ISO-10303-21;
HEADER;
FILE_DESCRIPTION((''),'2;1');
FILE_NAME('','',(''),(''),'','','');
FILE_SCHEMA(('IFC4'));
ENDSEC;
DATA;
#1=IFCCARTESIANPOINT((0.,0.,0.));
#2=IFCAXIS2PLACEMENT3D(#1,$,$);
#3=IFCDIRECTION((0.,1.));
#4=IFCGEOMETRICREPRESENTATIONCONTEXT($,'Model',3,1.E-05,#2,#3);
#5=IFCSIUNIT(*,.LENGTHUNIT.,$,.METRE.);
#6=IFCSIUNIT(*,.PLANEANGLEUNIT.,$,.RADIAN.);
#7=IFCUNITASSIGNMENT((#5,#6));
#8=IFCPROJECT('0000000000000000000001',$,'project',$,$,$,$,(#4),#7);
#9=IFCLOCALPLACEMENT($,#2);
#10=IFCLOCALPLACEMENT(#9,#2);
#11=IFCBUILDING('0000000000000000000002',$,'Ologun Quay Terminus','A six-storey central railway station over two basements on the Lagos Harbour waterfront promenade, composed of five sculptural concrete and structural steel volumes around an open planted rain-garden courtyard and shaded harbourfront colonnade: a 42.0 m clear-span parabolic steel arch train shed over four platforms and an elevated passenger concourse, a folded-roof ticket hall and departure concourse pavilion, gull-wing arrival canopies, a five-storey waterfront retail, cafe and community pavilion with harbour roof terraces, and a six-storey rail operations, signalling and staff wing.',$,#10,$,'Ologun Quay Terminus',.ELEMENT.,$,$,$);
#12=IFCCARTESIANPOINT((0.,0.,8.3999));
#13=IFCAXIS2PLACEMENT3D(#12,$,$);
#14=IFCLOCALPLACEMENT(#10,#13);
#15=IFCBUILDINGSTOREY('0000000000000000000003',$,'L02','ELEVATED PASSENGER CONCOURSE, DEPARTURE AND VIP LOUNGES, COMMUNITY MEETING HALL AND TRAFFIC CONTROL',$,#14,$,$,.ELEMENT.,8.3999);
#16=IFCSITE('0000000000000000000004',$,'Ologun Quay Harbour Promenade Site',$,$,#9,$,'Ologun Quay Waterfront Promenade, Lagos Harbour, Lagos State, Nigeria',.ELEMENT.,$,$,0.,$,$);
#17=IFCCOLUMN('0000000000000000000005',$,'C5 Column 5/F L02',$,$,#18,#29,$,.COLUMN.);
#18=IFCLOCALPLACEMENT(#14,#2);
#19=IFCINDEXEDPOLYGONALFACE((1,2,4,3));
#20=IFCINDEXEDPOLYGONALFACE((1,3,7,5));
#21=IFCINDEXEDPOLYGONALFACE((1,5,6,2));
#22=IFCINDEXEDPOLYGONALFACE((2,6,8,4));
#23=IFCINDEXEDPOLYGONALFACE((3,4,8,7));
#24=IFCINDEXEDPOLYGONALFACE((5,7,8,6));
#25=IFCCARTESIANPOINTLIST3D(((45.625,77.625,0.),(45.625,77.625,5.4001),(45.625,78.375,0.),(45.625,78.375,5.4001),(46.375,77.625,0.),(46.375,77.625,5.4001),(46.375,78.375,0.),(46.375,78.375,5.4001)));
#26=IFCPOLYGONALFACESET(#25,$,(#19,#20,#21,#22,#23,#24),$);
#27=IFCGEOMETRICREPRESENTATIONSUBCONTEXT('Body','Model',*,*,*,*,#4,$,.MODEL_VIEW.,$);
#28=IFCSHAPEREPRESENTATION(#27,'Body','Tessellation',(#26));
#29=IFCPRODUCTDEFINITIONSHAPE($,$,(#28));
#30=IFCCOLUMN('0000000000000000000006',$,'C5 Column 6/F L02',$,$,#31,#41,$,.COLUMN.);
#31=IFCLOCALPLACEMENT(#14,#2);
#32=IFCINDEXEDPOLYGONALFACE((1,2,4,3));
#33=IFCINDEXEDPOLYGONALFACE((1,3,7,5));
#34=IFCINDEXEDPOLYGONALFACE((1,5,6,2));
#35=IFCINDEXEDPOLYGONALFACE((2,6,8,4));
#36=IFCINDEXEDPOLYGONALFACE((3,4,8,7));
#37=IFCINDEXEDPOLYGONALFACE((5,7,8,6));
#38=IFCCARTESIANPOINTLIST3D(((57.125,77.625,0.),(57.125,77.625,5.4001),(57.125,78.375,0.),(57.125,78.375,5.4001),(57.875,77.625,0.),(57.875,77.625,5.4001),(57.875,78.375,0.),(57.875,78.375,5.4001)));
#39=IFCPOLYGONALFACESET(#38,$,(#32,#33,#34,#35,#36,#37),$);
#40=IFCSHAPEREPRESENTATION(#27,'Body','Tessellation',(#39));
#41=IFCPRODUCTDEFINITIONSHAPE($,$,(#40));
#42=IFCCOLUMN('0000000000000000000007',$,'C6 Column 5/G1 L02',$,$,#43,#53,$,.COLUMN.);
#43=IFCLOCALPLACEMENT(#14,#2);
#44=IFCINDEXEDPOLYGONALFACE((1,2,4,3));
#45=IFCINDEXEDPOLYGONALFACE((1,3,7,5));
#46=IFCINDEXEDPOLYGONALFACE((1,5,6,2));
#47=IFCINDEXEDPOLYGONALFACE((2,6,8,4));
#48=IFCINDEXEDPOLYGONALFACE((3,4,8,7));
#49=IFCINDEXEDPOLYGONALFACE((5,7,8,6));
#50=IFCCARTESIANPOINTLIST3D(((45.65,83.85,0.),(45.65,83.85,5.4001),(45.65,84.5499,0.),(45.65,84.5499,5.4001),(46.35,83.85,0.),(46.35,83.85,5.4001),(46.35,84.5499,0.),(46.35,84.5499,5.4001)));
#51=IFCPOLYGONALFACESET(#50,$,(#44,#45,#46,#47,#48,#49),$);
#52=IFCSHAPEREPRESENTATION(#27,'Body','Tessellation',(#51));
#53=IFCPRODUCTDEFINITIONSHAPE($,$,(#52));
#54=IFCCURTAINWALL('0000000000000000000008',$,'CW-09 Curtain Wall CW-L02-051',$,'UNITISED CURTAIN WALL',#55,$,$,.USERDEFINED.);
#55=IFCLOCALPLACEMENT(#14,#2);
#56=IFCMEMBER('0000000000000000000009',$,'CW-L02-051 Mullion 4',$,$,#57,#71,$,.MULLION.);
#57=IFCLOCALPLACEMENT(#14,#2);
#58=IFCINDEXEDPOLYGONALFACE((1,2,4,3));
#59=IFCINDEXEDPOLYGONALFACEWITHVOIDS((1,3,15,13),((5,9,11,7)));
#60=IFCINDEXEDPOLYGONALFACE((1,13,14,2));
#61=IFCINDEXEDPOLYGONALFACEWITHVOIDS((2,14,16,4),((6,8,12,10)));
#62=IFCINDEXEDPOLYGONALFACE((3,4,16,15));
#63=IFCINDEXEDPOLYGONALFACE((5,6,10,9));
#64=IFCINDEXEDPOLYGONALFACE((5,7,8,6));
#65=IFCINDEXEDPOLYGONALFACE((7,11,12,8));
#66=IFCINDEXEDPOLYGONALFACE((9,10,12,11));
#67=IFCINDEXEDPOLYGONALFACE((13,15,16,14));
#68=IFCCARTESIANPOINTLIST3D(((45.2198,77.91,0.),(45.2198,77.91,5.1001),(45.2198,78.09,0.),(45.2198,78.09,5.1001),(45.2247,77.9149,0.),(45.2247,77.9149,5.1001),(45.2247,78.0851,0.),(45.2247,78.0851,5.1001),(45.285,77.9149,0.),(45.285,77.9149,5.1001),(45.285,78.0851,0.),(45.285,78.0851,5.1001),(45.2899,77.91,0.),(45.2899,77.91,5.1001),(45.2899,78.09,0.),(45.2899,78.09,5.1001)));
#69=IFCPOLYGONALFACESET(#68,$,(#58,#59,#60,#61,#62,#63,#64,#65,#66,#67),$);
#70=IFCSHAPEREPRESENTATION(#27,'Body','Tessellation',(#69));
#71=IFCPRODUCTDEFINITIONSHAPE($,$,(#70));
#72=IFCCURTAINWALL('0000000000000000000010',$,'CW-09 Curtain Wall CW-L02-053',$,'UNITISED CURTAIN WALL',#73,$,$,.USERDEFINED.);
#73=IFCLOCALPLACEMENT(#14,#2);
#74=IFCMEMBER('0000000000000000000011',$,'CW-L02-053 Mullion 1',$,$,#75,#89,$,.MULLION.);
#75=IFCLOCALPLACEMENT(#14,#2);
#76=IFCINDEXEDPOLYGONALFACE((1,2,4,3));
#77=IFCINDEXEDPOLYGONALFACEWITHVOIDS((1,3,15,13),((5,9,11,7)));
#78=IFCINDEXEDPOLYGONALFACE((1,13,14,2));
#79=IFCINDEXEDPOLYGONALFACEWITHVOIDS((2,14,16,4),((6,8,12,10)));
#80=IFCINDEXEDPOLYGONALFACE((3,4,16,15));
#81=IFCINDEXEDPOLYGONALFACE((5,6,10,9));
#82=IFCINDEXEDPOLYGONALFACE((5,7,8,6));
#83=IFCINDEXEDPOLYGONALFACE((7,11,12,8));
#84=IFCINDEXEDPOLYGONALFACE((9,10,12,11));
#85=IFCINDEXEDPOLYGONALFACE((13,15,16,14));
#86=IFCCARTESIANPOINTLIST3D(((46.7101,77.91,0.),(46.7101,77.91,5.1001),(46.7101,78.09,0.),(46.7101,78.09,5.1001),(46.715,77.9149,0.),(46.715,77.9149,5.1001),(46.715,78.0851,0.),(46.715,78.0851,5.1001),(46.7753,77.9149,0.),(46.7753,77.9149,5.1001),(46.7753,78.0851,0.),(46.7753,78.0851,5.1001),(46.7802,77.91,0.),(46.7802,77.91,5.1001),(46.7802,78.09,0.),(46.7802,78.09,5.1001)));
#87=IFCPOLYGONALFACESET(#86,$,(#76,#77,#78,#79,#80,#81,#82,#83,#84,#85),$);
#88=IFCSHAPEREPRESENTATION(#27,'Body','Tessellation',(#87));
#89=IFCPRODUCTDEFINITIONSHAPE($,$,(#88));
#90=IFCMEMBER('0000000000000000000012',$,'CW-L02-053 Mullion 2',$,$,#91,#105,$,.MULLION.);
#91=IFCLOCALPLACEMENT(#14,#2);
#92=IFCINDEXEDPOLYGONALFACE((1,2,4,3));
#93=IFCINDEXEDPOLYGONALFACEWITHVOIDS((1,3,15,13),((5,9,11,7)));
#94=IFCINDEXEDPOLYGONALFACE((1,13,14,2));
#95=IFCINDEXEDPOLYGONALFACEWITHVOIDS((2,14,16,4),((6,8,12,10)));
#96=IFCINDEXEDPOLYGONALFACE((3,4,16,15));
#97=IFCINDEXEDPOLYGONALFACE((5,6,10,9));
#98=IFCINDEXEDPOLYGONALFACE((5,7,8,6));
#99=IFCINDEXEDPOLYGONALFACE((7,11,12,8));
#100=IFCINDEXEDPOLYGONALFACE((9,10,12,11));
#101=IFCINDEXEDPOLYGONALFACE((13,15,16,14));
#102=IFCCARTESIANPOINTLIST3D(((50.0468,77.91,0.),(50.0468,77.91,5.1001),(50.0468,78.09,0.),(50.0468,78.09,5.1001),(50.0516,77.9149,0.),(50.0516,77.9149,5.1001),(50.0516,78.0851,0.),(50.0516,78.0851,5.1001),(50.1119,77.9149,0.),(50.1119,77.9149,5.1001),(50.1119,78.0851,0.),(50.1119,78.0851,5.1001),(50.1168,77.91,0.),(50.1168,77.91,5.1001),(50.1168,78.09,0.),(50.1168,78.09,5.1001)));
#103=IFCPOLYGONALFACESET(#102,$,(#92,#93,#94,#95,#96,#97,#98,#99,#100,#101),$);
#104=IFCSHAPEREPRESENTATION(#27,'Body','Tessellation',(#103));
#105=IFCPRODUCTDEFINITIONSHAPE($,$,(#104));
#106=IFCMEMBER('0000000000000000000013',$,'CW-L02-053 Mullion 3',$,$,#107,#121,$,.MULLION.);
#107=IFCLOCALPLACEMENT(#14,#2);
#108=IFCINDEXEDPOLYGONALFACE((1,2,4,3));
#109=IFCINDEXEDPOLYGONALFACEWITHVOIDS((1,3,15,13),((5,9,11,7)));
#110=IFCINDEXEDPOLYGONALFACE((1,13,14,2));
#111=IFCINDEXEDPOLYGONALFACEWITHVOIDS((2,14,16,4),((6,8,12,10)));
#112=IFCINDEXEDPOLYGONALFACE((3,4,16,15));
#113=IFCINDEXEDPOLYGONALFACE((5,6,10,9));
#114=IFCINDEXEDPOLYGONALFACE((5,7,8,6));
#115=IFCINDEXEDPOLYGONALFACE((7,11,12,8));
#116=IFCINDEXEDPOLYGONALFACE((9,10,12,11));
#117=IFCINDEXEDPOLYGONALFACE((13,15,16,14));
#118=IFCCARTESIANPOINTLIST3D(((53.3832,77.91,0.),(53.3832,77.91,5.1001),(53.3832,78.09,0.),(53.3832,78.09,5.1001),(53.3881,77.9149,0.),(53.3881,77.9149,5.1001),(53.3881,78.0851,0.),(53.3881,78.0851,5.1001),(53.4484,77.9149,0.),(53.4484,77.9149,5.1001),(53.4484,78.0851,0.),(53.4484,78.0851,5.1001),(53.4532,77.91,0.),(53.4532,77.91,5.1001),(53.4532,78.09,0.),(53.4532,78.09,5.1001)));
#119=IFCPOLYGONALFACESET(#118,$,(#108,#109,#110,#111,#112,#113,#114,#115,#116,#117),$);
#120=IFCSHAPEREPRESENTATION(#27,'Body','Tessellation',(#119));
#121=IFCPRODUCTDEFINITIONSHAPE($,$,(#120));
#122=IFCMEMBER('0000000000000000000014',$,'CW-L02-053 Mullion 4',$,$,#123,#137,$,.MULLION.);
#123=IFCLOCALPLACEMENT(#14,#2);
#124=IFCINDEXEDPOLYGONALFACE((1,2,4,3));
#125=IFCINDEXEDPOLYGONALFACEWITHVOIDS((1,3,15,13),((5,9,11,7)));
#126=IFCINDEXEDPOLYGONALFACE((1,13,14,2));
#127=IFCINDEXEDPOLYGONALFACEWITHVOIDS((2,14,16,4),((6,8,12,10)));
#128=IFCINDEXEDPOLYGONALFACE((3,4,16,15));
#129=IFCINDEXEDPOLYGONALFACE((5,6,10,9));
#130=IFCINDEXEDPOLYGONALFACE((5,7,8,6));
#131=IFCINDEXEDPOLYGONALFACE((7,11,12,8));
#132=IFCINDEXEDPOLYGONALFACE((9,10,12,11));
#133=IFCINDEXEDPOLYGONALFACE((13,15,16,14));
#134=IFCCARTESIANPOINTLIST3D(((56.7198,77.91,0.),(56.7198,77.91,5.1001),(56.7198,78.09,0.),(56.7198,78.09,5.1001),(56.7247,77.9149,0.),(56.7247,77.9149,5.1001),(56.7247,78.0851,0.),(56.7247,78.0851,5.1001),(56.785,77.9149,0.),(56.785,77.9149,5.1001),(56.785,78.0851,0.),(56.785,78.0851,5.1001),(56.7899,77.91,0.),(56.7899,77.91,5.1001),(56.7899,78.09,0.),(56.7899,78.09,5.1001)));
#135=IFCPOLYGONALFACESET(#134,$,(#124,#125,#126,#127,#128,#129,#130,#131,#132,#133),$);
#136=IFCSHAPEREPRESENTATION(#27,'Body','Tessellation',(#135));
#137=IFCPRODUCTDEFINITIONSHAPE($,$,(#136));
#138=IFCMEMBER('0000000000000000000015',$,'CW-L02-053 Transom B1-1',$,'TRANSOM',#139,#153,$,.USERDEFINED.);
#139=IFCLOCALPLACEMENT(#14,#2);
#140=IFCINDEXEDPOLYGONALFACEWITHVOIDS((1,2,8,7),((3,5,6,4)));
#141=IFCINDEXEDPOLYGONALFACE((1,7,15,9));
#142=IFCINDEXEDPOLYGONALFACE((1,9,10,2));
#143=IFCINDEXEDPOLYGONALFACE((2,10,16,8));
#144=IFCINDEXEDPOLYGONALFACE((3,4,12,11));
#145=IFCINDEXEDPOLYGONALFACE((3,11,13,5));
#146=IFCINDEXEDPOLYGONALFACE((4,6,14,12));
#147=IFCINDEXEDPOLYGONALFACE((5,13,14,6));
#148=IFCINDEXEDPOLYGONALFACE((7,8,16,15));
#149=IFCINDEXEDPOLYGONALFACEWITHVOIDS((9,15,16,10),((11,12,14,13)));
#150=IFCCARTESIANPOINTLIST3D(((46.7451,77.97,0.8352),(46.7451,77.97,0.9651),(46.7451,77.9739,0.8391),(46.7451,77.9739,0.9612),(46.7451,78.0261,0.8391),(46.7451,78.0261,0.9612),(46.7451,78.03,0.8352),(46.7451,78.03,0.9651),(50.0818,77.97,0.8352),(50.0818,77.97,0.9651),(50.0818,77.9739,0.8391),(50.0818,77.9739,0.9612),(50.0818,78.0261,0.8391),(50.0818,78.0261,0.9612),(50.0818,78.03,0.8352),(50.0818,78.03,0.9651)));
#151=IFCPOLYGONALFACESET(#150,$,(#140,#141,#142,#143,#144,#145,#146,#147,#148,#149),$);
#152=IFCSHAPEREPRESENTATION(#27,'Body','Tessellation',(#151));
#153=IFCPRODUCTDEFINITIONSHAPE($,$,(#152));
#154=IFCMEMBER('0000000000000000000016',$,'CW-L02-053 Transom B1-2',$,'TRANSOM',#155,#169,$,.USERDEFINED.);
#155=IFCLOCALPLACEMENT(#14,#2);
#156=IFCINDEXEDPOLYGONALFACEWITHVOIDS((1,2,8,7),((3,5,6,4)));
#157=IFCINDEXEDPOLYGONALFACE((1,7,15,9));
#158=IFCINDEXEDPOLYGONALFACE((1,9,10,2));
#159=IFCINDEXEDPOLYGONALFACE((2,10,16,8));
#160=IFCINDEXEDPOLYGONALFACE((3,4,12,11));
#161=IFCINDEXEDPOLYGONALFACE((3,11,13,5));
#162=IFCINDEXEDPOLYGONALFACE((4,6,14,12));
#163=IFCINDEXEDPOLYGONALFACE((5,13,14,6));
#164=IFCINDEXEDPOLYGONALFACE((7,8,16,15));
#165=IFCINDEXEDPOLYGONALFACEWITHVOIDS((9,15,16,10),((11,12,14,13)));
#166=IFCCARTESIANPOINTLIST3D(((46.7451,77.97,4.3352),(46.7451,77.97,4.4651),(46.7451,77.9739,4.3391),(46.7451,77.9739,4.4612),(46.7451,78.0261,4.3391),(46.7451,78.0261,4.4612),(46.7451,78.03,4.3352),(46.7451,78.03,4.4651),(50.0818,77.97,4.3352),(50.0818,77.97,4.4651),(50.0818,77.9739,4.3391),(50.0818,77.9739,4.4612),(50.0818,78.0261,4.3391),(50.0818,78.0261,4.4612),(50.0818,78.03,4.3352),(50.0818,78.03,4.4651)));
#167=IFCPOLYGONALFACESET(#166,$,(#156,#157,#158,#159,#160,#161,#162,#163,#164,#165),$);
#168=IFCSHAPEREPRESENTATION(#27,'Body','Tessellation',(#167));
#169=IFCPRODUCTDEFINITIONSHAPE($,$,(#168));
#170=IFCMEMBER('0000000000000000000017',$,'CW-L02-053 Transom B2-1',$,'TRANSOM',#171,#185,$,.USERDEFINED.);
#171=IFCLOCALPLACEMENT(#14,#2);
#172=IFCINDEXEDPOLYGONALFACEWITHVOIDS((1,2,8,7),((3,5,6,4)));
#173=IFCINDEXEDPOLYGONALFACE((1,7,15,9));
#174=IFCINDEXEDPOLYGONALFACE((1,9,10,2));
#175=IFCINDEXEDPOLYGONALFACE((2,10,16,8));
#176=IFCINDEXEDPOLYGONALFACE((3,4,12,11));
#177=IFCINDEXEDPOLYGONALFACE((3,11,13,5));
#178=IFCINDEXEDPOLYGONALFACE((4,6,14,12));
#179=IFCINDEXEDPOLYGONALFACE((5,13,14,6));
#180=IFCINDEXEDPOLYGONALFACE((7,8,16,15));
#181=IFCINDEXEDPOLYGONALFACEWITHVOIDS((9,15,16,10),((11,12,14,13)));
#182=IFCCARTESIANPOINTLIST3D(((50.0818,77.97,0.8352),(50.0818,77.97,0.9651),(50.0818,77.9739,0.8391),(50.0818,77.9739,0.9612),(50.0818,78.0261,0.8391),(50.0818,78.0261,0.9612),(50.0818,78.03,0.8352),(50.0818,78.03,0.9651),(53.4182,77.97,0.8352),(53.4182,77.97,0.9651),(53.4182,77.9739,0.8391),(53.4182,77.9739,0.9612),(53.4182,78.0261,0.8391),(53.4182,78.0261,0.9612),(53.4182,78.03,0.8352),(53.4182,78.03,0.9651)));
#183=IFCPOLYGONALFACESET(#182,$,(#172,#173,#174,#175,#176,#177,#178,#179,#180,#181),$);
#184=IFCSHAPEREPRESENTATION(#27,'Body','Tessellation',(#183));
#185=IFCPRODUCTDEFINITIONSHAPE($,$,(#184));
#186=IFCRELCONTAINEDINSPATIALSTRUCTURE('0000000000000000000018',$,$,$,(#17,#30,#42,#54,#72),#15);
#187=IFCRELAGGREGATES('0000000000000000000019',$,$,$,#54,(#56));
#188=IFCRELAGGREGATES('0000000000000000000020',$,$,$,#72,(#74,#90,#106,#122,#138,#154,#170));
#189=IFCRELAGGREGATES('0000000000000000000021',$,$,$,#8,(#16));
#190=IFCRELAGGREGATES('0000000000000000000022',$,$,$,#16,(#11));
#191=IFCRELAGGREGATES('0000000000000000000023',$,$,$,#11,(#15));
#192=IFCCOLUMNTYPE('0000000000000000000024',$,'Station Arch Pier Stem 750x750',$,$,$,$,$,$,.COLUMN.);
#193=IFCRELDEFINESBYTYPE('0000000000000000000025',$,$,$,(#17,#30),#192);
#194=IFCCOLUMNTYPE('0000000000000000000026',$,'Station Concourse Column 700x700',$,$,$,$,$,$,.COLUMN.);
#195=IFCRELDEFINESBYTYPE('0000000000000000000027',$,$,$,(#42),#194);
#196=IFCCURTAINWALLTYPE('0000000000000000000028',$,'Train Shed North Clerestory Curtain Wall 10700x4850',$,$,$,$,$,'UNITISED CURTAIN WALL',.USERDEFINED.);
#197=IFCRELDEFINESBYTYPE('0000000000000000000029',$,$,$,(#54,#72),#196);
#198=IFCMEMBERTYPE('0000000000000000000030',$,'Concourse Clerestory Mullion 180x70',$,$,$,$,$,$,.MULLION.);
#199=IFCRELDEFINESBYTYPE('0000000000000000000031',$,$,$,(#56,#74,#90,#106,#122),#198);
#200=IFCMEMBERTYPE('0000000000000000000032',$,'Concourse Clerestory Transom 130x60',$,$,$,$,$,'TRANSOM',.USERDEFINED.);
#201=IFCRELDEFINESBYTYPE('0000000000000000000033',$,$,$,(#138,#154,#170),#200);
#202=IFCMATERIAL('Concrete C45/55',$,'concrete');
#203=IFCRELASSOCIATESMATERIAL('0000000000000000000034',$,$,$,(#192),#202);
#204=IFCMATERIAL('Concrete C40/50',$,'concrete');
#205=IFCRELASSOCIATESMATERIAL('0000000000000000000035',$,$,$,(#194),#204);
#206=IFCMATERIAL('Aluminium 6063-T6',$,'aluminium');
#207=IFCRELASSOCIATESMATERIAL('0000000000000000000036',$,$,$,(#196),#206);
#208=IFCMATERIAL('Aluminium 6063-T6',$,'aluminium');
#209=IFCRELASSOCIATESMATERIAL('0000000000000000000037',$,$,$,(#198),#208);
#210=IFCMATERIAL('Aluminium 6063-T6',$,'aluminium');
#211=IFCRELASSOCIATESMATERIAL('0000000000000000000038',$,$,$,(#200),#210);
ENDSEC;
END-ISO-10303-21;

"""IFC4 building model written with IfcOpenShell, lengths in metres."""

from ifc_helpers import new_model, si_unit, direction, frame, origin, origin_2d, place, context, subcontext, project, spatial, rectangle, hollow_rectangle, extrude, material, material_profile, profile_set, type_object, element, aggregate, save


model = new_model("IFC4")

# Units and contexts
model_context = context("Model", 3, precision=1e-05, world=origin(), true_north=direction((0.0, 1.0)))
body_context = subcontext(model_context, "Body", "Model", "MODEL_VIEW")
ifc_project = project(units=[si_unit("LENGTHUNIT", "METRE"), si_unit("PLANEANGLEUNIT", "RADIAN")], contexts=[model_context])

# Site, building, storey
site_placement = place(None, origin())
site = spatial("IfcSite", under=ifc_project, at=site_placement, Name="Ologun Quay Harbour Promenade Site", LongName="Ologun Quay Waterfront Promenade, Lagos Harbour, Lagos State, Nigeria", CompositionType="ELEMENT", RefElevation=0.0)
building_placement = place(site_placement, origin())
building = spatial("IfcBuilding", under=site, at=building_placement, Name="Ologun Quay Terminus", Description="A six-storey central railway station over two basements on the Lagos Harbour waterfront promenade, composed of five sculptural concrete and structural steel volumes around an open planted rain-garden courtyard and shaded harbourfront colonnade: a 42.0 m clear-span parabolic steel arch train shed over four platforms and an elevated passenger concourse, a folded-roof ticket hall and departure concourse pavilion, gull-wing arrival canopies, a five-storey waterfront retail, cafe and community pavilion with harbour roof terraces, and a six-storey rail operations, signalling and staff wing.", LongName="Ologun Quay Terminus", CompositionType="ELEMENT")
storey_placement = place(building_placement, frame((0.0, 0.0, 8.3999)))
storey = spatial("IfcBuildingStorey", under=building, at=storey_placement, Name="L02", Description="ELEVATED PASSENGER CONCOURSE, DEPARTURE AND VIP LOUNGES, COMMUNITY MEETING HALL AND TRAFFIC CONTROL", CompositionType="ELEMENT", Elevation=8.3999)

# Columns
ifc_material_1 = material(Name="Concrete C45/55", Category="concrete")
ifc_material_profile_1 = material_profile(ifc_material_1, rectangle(XDim=0.75, YDim=0.75, at=origin_2d()), Name="RC 750x750")
ifc_profile_set_1 = profile_set([ifc_material_profile_1], Name="Concrete C45/55")
column_type_1 = type_object("IfcColumnType", Name="Station Arch Pier Stem 750x750", PredefinedType="COLUMN", material=ifc_profile_set_1)
for number, where, z_axis, x_axis, name in (
    (1, (46.0, 78.0, 0.0), (0.0, 0.0, 1.0), (1.0, 0.0, 0.0), "C5 Column 5/F L02"),
    (2, (57.5, 78.0, 0.0), (0.0, 0.0, 1.0), (1.0, 0.0, 0.0), "C5 Column 6/F L02"),
):
    element("IfcColumn", number, at=place(storey_placement, frame(where, z_axis=z_axis, x_axis=x_axis)), inside=storey, type_object=column_type_1, Name=name, PredefinedType="COLUMN", context=body_context, shape_type="SweptSolid", body=[
        extrude(rectangle(XDim=0.75, YDim=0.75, at=origin_2d()), origin(), (0.0, 0.0, 1.0), 5.4001),
    ])
ifc_material_2 = material(Name="Concrete C40/50", Category="concrete")
ifc_material_profile_2 = material_profile(ifc_material_2, rectangle(XDim=0.7, YDim=0.7, at=origin_2d()), Name="RC 700x700")
ifc_profile_set_2 = profile_set([ifc_material_profile_2], Name="Concrete C40/50")
column_type_2 = type_object("IfcColumnType", Name="Station Concourse Column 700x700", PredefinedType="COLUMN", material=ifc_profile_set_2)
column_placement = place(storey_placement, frame((46.0, 84.2, 0.0), z_axis=(0.0, 0.0, 1.0), x_axis=(1.0, 0.0, 0.0)))
element("IfcColumn", 3, at=column_placement, inside=storey, type_object=column_type_2, Name="C6 Column 5/G1 L02", PredefinedType="COLUMN", context=body_context, shape_type="SweptSolid", body=[
    extrude(rectangle(XDim=0.7, YDim=0.7, at=origin_2d()), origin(), (0.0, 0.0, 1.0), 5.4001),
])

# Curtain wall, member
ifc_material_3 = material(Name="Aluminium 6063-T6", Category="aluminium")
curtain_wall_type = type_object("IfcCurtainWallType", Name="Train Shed North Clerestory Curtain Wall 10700x4850", ElementType="UNITISED CURTAIN WALL", PredefinedType="USERDEFINED", material=ifc_material_3)
curtain_wall_1_placement = place(storey_placement, origin())
curtain_wall_1 = element("IfcCurtainWall", 4, at=curtain_wall_1_placement, inside=storey, type_object=curtain_wall_type, Name="CW-09 Curtain Wall CW-L02-051", ObjectType="UNITISED CURTAIN WALL", PredefinedType="USERDEFINED")
ifc_material_4 = material(Name="Aluminium 6063-T6", Category="aluminium")
ifc_material_profile_3 = material_profile(ifc_material_4, hollow_rectangle(XDim=0.0701, YDim=0.1799, WallThickness=0.0049, at=origin_2d()), Name="ALU 180x70x5")
ifc_profile_set_3 = profile_set([ifc_material_profile_3], Name="Aluminium 6063-T6")
member_type_1 = type_object("IfcMemberType", Name="Concourse Clerestory Mullion 180x70", PredefinedType="MULLION", material=ifc_profile_set_3)
member_1_placement = place(storey_placement, frame((45.2549, 78.0, 0.0), z_axis=(0.0, 0.0, 1.0), x_axis=(1.0, 0.0, 0.0)))
member_1 = element("IfcMember", 5, at=member_1_placement, type_object=member_type_1, Name="CW-L02-051 Mullion 4", PredefinedType="MULLION", context=body_context, shape_type="SweptSolid", body=[
    extrude(hollow_rectangle(XDim=0.0701, YDim=0.1799, WallThickness=0.0049, at=origin_2d()), origin(), (0.0, 0.0, 1.0), 5.1001),
])

# Curtain wall, members
curtain_wall_2_placement = place(storey_placement, origin())
curtain_wall_2 = element("IfcCurtainWall", 6, at=curtain_wall_2_placement, inside=storey, type_object=curtain_wall_type, Name="CW-09 Curtain Wall CW-L02-053", ObjectType="UNITISED CURTAIN WALL", PredefinedType="USERDEFINED")
member_2_placement = place(storey_placement, frame((46.7451, 78.0, 0.0), z_axis=(0.0, 0.0, 1.0), x_axis=(1.0, 0.0, 0.0)))
member_2 = element("IfcMember", 7, at=member_2_placement, type_object=member_type_1, Name="CW-L02-053 Mullion 1", PredefinedType="MULLION", context=body_context, shape_type="SweptSolid", body=[
    extrude(hollow_rectangle(XDim=0.0701, YDim=0.1799, WallThickness=0.0049, at=origin_2d()), origin(), (0.0, 0.0, 1.0), 5.1001),
])
member_3_placement = place(storey_placement, frame((50.0818, 78.0, 0.0), z_axis=(0.0, 0.0, 1.0), x_axis=(1.0, 0.0, 0.0)))
member_3 = element("IfcMember", 8, at=member_3_placement, type_object=member_type_1, Name="CW-L02-053 Mullion 2", PredefinedType="MULLION", context=body_context, shape_type="SweptSolid", body=[
    extrude(hollow_rectangle(XDim=0.0701, YDim=0.1799, WallThickness=0.0049, at=origin_2d()), origin(), (0.0, 0.0, 1.0), 5.1001),
])
member_4_placement = place(storey_placement, frame((53.4182, 78.0, 0.0), z_axis=(0.0, 0.0, 1.0), x_axis=(1.0, 0.0, 0.0)))
member_4 = element("IfcMember", 9, at=member_4_placement, type_object=member_type_1, Name="CW-L02-053 Mullion 3", PredefinedType="MULLION", context=body_context, shape_type="SweptSolid", body=[
    extrude(hollow_rectangle(XDim=0.0701, YDim=0.1799, WallThickness=0.0049, at=origin_2d()), origin(), (0.0, 0.0, 1.0), 5.1001),
])
member_5_placement = place(storey_placement, frame((56.7549, 78.0, 0.0), z_axis=(0.0, 0.0, 1.0), x_axis=(1.0, 0.0, 0.0)))
member_5 = element("IfcMember", 10, at=member_5_placement, type_object=member_type_1, Name="CW-L02-053 Mullion 4", PredefinedType="MULLION", context=body_context, shape_type="SweptSolid", body=[
    extrude(hollow_rectangle(XDim=0.0701, YDim=0.1799, WallThickness=0.0049, at=origin_2d()), origin(), (0.0, 0.0, 1.0), 5.1001),
])
ifc_material_5 = material(Name="Aluminium 6063-T6", Category="aluminium")
ifc_material_profile_4 = material_profile(ifc_material_5, hollow_rectangle(XDim=0.0601, YDim=0.1299, WallThickness=0.0039, at=origin_2d()), Name="ALU 130x60x4")
ifc_profile_set_4 = profile_set([ifc_material_profile_4], Name="Aluminium 6063-T6")
member_type_2 = type_object("IfcMemberType", Name="Concourse Clerestory Transom 130x60", ElementType="TRANSOM", PredefinedType="USERDEFINED", material=ifc_profile_set_4)
member_6_placement = place(storey_placement, frame((46.7451, 78.0, 0.9001), z_axis=(1.0, 0.0, 0.0), x_axis=(0.0, 1.0, 0.0)))
member_6 = element("IfcMember", 11, at=member_6_placement, type_object=member_type_2, Name="CW-L02-053 Transom B1-1", ObjectType="TRANSOM", PredefinedType="USERDEFINED", context=body_context, shape_type="SweptSolid", body=[
    extrude(hollow_rectangle(XDim=0.0601, YDim=0.1299, WallThickness=0.0039, at=origin_2d()), origin(), (0.0, 0.0, 1.0), 3.3367),
])
member_7_placement = place(storey_placement, frame((46.7451, 78.0, 4.4001), z_axis=(1.0, 0.0, 0.0), x_axis=(0.0, 1.0, 0.0)))
member_7 = element("IfcMember", 12, at=member_7_placement, type_object=member_type_2, Name="CW-L02-053 Transom B1-2", ObjectType="TRANSOM", PredefinedType="USERDEFINED", context=body_context, shape_type="SweptSolid", body=[
    extrude(hollow_rectangle(XDim=0.0601, YDim=0.1299, WallThickness=0.0039, at=origin_2d()), origin(), (0.0, 0.0, 1.0), 3.3367),
])
member_8_placement = place(storey_placement, frame((50.0818, 78.0, 0.9001), z_axis=(1.0, 0.0, 0.0), x_axis=(0.0, 1.0, 0.0)))
member_8 = element("IfcMember", 13, at=member_8_placement, type_object=member_type_2, Name="CW-L02-053 Transom B2-1", ObjectType="TRANSOM", PredefinedType="USERDEFINED", context=body_context, shape_type="SweptSolid", body=[
    extrude(hollow_rectangle(XDim=0.0601, YDim=0.1299, WallThickness=0.0039, at=origin_2d()), origin(), (0.0, 0.0, 1.0), 3.3364),
])

aggregate(curtain_wall_1, [member_1])
aggregate(curtain_wall_2, [member_2, member_3, member_4, member_5, member_6, member_7, member_8])

save(model, "model.ifc")
